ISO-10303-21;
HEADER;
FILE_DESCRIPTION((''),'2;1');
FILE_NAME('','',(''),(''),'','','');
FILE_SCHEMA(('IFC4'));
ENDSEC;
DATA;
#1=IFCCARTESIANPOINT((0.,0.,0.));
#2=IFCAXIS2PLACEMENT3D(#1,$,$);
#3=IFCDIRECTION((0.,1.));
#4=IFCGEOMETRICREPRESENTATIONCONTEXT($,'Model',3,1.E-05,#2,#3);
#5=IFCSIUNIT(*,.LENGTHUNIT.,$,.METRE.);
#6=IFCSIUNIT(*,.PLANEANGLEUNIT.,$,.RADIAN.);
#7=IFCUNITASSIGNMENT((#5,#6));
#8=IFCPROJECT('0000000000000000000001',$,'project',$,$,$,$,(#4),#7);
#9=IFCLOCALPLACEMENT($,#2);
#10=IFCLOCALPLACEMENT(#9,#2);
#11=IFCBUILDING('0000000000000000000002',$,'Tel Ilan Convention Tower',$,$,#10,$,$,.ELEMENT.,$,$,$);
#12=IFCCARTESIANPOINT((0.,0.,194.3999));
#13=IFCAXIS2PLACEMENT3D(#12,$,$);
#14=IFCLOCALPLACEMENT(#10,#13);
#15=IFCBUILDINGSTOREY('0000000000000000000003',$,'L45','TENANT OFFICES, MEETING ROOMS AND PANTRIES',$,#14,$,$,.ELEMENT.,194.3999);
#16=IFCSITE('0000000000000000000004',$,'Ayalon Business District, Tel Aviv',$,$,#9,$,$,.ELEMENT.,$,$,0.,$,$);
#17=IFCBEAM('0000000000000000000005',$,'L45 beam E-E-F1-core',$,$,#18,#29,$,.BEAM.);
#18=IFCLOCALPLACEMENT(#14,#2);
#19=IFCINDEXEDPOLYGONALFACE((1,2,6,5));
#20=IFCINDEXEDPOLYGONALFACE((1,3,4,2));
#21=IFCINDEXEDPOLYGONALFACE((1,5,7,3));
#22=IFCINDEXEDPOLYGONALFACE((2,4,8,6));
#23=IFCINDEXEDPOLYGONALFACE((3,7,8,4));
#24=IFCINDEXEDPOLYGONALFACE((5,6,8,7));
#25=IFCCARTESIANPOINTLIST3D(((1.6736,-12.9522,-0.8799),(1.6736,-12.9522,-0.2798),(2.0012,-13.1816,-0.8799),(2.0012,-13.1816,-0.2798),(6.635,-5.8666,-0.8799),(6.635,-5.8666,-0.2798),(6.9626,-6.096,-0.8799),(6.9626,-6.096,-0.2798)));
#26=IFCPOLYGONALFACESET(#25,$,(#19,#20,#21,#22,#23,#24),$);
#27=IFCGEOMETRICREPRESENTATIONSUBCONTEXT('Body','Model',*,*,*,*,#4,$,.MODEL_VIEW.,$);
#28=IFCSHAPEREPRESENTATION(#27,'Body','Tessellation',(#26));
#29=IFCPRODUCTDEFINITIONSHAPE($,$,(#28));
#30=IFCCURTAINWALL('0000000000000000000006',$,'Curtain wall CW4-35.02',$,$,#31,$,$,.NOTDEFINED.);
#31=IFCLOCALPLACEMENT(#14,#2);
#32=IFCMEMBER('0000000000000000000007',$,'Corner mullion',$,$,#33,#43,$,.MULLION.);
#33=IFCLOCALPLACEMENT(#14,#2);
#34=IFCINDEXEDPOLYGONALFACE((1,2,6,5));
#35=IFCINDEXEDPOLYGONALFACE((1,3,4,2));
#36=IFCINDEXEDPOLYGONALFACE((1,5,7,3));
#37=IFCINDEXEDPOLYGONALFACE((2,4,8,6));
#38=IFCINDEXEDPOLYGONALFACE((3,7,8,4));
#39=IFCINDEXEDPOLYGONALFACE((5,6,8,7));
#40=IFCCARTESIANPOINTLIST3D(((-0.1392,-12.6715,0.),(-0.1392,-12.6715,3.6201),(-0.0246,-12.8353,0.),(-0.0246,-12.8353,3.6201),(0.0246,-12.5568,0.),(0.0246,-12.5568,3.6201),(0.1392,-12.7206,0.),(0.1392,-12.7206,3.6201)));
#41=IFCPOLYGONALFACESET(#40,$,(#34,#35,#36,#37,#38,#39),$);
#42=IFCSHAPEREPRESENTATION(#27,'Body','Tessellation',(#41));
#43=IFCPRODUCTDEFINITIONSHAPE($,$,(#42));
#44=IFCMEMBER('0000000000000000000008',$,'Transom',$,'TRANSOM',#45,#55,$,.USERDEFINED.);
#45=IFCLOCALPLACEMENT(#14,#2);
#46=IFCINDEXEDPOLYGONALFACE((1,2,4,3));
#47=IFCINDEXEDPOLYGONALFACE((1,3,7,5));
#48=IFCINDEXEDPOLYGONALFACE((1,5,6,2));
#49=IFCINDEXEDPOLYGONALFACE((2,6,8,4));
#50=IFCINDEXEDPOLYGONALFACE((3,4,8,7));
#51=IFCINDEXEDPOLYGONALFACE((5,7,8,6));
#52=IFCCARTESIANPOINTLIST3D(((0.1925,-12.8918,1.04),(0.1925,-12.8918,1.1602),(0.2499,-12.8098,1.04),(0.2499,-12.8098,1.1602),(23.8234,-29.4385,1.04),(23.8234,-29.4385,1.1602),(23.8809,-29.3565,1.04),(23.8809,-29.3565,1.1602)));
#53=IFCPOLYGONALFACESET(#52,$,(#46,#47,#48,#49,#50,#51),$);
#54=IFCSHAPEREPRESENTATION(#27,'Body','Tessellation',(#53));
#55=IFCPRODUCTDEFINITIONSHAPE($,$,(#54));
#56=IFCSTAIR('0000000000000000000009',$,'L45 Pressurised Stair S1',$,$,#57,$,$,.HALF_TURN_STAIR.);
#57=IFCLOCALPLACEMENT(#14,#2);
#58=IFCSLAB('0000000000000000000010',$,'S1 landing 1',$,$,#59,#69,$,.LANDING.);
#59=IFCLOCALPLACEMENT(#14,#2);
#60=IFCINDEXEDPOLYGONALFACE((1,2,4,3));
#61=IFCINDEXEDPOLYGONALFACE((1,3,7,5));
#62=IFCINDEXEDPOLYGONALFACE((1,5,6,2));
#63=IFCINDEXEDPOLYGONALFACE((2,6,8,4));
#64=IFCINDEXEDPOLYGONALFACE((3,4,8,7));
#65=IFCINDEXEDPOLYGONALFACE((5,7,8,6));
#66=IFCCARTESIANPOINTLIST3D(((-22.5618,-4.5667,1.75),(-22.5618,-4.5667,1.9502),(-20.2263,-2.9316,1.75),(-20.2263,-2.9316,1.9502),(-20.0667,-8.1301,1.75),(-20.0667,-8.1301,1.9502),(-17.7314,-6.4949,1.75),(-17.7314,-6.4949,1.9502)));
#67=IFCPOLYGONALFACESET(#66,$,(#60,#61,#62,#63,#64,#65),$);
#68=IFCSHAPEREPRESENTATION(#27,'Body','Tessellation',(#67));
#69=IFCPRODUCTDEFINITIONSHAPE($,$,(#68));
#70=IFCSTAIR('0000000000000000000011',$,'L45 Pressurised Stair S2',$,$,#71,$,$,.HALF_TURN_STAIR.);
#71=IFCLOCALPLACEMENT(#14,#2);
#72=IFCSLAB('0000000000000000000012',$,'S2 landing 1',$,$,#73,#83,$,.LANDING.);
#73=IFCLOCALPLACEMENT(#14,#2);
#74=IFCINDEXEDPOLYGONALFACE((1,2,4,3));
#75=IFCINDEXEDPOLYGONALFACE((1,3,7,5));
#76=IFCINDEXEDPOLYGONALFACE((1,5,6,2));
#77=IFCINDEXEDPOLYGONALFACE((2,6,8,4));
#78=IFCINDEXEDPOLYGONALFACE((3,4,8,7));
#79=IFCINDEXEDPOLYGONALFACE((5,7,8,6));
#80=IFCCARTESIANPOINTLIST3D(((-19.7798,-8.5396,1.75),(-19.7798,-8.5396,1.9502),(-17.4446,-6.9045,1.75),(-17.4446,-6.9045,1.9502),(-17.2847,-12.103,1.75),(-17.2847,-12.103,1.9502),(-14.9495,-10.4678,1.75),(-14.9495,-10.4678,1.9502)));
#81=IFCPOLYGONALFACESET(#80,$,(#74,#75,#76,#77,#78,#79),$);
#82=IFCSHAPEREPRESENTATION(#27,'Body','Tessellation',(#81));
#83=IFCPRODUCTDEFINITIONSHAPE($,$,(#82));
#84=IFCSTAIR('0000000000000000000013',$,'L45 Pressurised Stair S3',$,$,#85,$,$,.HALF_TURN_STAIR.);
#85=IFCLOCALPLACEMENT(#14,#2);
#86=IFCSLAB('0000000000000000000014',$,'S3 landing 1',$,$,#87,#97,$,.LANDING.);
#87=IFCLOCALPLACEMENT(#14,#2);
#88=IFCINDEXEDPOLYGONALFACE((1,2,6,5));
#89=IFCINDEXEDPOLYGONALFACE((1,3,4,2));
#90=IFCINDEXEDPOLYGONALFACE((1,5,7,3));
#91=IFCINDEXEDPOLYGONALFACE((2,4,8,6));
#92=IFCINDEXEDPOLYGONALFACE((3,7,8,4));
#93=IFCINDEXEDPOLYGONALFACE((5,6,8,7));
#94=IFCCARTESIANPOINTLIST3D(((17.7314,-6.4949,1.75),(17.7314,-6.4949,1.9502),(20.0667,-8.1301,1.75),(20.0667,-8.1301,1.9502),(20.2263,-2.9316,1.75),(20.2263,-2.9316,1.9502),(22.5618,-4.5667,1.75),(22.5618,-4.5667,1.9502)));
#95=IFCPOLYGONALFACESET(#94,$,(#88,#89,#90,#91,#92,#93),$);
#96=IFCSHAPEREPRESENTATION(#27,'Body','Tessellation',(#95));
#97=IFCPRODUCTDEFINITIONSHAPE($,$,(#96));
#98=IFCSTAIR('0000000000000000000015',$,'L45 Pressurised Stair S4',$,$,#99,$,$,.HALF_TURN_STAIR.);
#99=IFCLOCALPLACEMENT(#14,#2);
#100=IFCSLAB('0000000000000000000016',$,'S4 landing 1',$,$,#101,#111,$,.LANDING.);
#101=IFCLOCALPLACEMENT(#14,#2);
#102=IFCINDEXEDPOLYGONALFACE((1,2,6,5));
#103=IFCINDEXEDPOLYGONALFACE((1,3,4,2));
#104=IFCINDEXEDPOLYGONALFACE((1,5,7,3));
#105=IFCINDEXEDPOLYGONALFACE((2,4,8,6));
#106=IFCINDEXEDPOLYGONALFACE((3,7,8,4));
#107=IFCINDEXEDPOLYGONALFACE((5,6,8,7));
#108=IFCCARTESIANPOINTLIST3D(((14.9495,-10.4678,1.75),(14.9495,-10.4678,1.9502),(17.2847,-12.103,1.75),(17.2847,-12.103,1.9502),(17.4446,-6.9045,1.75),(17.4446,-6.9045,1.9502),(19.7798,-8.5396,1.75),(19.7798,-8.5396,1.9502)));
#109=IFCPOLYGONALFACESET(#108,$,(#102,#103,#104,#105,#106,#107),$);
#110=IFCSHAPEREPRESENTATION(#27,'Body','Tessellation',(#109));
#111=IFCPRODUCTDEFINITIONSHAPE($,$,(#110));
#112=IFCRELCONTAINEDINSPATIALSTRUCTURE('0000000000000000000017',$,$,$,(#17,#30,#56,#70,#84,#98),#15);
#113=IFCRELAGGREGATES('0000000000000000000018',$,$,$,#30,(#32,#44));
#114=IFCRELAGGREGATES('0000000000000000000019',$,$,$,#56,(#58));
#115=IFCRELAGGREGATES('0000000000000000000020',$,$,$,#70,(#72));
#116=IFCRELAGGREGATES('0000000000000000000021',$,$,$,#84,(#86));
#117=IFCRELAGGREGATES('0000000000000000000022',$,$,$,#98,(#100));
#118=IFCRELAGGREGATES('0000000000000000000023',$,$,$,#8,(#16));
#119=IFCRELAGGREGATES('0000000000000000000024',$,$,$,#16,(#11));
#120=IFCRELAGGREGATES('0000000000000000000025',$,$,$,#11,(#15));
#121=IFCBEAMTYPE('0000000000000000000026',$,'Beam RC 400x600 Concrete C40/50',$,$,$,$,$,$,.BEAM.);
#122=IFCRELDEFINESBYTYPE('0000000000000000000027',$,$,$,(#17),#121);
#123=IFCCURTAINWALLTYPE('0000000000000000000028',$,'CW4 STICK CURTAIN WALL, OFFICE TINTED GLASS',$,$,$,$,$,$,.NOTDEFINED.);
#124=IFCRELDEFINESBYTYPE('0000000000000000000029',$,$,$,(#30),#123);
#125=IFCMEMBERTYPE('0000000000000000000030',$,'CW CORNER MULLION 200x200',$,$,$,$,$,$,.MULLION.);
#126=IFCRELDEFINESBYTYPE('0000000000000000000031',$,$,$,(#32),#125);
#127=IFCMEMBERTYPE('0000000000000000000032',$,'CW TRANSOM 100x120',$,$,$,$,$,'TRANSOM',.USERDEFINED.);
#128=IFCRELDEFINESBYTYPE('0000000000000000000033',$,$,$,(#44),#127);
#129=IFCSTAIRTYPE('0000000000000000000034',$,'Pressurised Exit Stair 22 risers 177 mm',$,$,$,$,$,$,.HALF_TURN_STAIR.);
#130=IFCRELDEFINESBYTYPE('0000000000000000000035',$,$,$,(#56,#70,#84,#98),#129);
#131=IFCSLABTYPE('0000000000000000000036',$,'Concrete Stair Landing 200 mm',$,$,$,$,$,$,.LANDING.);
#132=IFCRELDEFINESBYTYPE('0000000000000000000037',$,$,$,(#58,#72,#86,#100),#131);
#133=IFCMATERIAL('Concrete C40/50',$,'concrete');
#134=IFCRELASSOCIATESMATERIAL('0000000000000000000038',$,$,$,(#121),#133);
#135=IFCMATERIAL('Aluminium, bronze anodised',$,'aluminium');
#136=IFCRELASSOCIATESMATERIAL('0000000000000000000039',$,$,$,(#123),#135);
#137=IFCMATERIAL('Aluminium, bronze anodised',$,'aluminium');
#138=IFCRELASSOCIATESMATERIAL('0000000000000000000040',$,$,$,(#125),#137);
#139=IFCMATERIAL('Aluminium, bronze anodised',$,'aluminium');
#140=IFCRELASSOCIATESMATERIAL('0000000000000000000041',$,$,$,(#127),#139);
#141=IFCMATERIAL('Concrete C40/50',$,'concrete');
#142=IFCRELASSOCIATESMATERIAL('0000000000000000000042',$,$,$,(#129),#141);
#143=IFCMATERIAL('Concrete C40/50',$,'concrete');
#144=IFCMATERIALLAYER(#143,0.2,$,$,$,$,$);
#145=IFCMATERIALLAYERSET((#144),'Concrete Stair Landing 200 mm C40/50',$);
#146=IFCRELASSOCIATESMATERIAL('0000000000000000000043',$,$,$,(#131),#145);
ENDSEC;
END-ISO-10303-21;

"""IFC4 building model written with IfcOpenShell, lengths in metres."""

from ifc_helpers import new_model, si_unit, direction, frame, origin, origin_2d, place, context, subcontext, project, spatial, polyline, rectangle, outline, extrude, material, layer, layer_set, material_profile, profile_set, type_object, element, aggregate, save


model = new_model("IFC4")

# Units and contexts
model_context = context("Model", 3, precision=1e-05, world=origin(), true_north=direction((0.0, 1.0)))
body_context = subcontext(model_context, "Body", "Model", "MODEL_VIEW")
ifc_project = project(units=[si_unit("LENGTHUNIT", "METRE"), si_unit("PLANEANGLEUNIT", "RADIAN")], contexts=[model_context])

# Site, building, storey
site_placement = place(None, origin())
site = spatial("IfcSite", under=ifc_project, at=site_placement, Name="Ayalon Business District, Tel Aviv", CompositionType="ELEMENT", RefElevation=0.0)
building_placement = place(site_placement, origin())
building = spatial("IfcBuilding", under=site, at=building_placement, Name="Tel Ilan Convention Tower", CompositionType="ELEMENT")
storey_placement = place(building_placement, frame((0.0, 0.0, 194.3999)))
storey = spatial("IfcBuildingStorey", under=building, at=storey_placement, Name="L45", Description="TENANT OFFICES, MEETING ROOMS AND PANTRIES", CompositionType="ELEMENT", Elevation=194.3999)

# Beam
ifc_material_1 = material(Name="Concrete C40/50", Category="concrete")
ifc_material_profile_1 = material_profile(ifc_material_1, rectangle(XDim=0.3999, YDim=0.6001, at=origin_2d()), Name="RC 400x600")
ifc_profile_set_1 = profile_set([ifc_material_profile_1], Name="Concrete C40/50")
beam_type = type_object("IfcBeamType", Name="Beam RC 400x600 Concrete C40/50", PredefinedType="BEAM", material=ifc_profile_set_1)
beam_placement = place(storey_placement, frame((1.8374, -13.0669, -0.5798), z_axis=(0.573574, 0.819154, 0.0), x_axis=(-0.819154, 0.573574, 0.0)))
element("IfcBeam", 1, at=beam_placement, inside=storey, type_object=beam_type, Name="L45 beam E-E-F1-core", PredefinedType="BEAM", context=body_context, shape_type="SweptSolid", body=[
    extrude(rectangle(XDim=0.3999, YDim=0.6001, at=origin_2d()), origin(), (0.0, 0.0, 1.0), 8.6499),
])

# Curtain wall, members
ifc_material_2 = material(Name="Aluminium, bronze anodised", Category="aluminium")
curtain_wall_type = type_object("IfcCurtainWallType", Name="CW4 STICK CURTAIN WALL, OFFICE TINTED GLASS", PredefinedType="NOTDEFINED", material=ifc_material_2)
curtain_wall_placement = place(storey_placement, origin())
curtain_wall = element("IfcCurtainWall", 2, at=curtain_wall_placement, inside=storey, type_object=curtain_wall_type, Name="Curtain wall CW4-35.02", PredefinedType="NOTDEFINED")
ifc_material_3 = material(Name="Aluminium, bronze anodised", Category="aluminium")
ifc_material_profile_2 = material_profile(ifc_material_3, rectangle(XDim=0.2, YDim=0.2, at=origin_2d()), Name="CW CORNER MULLION 200x200")
ifc_profile_set_2 = profile_set([ifc_material_profile_2], Name="Aluminium, bronze anodised")
member_type_1 = type_object("IfcMemberType", Name="CW CORNER MULLION 200x200", PredefinedType="MULLION", material=ifc_profile_set_2)
member_1_placement = place(storey_placement, frame((0.0, -12.696, 0.0), z_axis=(0.0, 0.0, 1.0), x_axis=(0.819152, 0.573576, 0.0)))
member_1 = element("IfcMember", 3, at=member_1_placement, type_object=member_type_1, Name="Corner mullion", PredefinedType="MULLION", context=body_context, shape_type="SweptSolid", body=[
    extrude(rectangle(XDim=0.2, YDim=0.2, at=origin_2d()), origin(), (0.0, 0.0, 1.0), 3.6201),
])
ifc_material_4 = material(Name="Aluminium, bronze anodised", Category="aluminium")
ifc_material_profile_3 = material_profile(ifc_material_4, rectangle(XDim=0.1001, YDim=0.1201, at=origin_2d()), Name="CW TRANSOM 100x120")
ifc_profile_set_3 = profile_set([ifc_material_profile_3], Name="Aluminium, bronze anodised")
member_type_2 = type_object("IfcMemberType", Name="CW TRANSOM 100x120", ElementType="TRANSOM", PredefinedType="USERDEFINED", material=ifc_profile_set_3)
member_2_placement = place(storey_placement, frame((0.2212, -12.8508, 1.1001), z_axis=(0.81915, -0.573579, 0.0), x_axis=(0.573579, 0.81915, 0.0)))
member_2 = element("IfcMember", 4, at=member_2_placement, type_object=member_type_2, Name="Transom", ObjectType="TRANSOM", PredefinedType="USERDEFINED", context=body_context, shape_type="SweptSolid", body=[
    extrude(rectangle(XDim=0.1001, YDim=0.1201, at=origin_2d()), origin(), (0.0, 0.0, 1.0), 28.8481),
])
aggregate(curtain_wall, [member_1, member_2])

# Stairs, slabs
ifc_material_5 = material(Name="Concrete C40/50", Category="concrete")
stair_type = type_object("IfcStairType", Name="Pressurised Exit Stair 22 risers 177 mm", PredefinedType="HALF_TURN_STAIR", material=ifc_material_5)
stair_1_placement = place(storey_placement, origin())
stair_1 = element("IfcStair", 5, at=stair_1_placement, inside=storey, type_object=stair_type, Name="L45 Pressurised Stair S1", PredefinedType="HALF_TURN_STAIR")
ifc_material_6 = material(Name="Concrete C40/50", Category="concrete")
ifc_layer_1 = layer(ifc_material_6, 0.2)
ifc_layer_set_1 = layer_set([ifc_layer_1], Name="Concrete Stair Landing 200 mm C40/50")
slab_type_1 = type_object("IfcSlabType", Name="Concrete Stair Landing 200 mm", PredefinedType="LANDING", material=ifc_layer_set_1)
slab_1_placement = place(storey_placement, frame((0.0, 0.0, 1.75)))
slab_1 = element("IfcSlab", 6, at=slab_1_placement, type_object=slab_type_1, Name="S1 landing 1", PredefinedType="LANDING", context=body_context, shape_type="SweptSolid", body=[
    extrude(outline(polyline([(-20.0667, -8.1301), (-17.7314, -6.4949), (-20.2263, -2.9316), (-22.5618, -4.5667), (-20.0667, -8.1301)])), origin(), (0.0, 0.0, 1.0), 0.2002),
])
aggregate(stair_1, [slab_1])
stair_2_placement = place(storey_placement, origin())
stair_2 = element("IfcStair", 7, at=stair_2_placement, inside=storey, type_object=stair_type, Name="L45 Pressurised Stair S2", PredefinedType="HALF_TURN_STAIR")
slab_2_placement = place(storey_placement, frame((0.0, 0.0, 1.75)))
slab_2 = element("IfcSlab", 8, at=slab_2_placement, type_object=slab_type_1, Name="S2 landing 1", PredefinedType="LANDING", context=body_context, shape_type="SweptSolid", body=[
    extrude(outline(polyline([(-17.2847, -12.103), (-14.9495, -10.4678), (-17.4446, -6.9045), (-19.7798, -8.5396), (-17.2847, -12.103)])), origin(), (0.0, 0.0, 1.0), 0.2002),
])
aggregate(stair_2, [slab_2])
stair_3_placement = place(storey_placement, origin())
stair_3 = element("IfcStair", 9, at=stair_3_placement, inside=storey, type_object=stair_type, Name="L45 Pressurised Stair S3", PredefinedType="HALF_TURN_STAIR")
slab_3_placement = place(storey_placement, frame((0.0, 0.0, 1.75)))
slab_3 = element("IfcSlab", 10, at=slab_3_placement, type_object=slab_type_1, Name="S3 landing 1", PredefinedType="LANDING", context=body_context, shape_type="SweptSolid", body=[
    extrude(outline(polyline([(22.5618, -4.5667), (20.2263, -2.9316), (17.7314, -6.4949), (20.0667, -8.1301), (22.5618, -4.5667)])), origin(), (0.0, 0.0, 1.0), 0.2002),
])
aggregate(stair_3, [slab_3])
stair_4_placement = place(storey_placement, origin())
stair_4 = element("IfcStair", 11, at=stair_4_placement, inside=storey, type_object=stair_type, Name="L45 Pressurised Stair S4", PredefinedType="HALF_TURN_STAIR")
slab_4_placement = place(storey_placement, frame((0.0, 0.0, 1.75)))
slab_4 = element("IfcSlab", 12, at=slab_4_placement, type_object=slab_type_1, Name="S4 landing 1", PredefinedType="LANDING", context=body_context, shape_type="SweptSolid", body=[
    extrude(outline(polyline([(19.7798, -8.5396), (17.4446, -6.9045), (14.9495, -10.4678), (17.2847, -12.103), (19.7798, -8.5396)])), origin(), (0.0, 0.0, 1.0), 0.2002),
])
aggregate(stair_4, [slab_4])

save(model, "model.ifc")
